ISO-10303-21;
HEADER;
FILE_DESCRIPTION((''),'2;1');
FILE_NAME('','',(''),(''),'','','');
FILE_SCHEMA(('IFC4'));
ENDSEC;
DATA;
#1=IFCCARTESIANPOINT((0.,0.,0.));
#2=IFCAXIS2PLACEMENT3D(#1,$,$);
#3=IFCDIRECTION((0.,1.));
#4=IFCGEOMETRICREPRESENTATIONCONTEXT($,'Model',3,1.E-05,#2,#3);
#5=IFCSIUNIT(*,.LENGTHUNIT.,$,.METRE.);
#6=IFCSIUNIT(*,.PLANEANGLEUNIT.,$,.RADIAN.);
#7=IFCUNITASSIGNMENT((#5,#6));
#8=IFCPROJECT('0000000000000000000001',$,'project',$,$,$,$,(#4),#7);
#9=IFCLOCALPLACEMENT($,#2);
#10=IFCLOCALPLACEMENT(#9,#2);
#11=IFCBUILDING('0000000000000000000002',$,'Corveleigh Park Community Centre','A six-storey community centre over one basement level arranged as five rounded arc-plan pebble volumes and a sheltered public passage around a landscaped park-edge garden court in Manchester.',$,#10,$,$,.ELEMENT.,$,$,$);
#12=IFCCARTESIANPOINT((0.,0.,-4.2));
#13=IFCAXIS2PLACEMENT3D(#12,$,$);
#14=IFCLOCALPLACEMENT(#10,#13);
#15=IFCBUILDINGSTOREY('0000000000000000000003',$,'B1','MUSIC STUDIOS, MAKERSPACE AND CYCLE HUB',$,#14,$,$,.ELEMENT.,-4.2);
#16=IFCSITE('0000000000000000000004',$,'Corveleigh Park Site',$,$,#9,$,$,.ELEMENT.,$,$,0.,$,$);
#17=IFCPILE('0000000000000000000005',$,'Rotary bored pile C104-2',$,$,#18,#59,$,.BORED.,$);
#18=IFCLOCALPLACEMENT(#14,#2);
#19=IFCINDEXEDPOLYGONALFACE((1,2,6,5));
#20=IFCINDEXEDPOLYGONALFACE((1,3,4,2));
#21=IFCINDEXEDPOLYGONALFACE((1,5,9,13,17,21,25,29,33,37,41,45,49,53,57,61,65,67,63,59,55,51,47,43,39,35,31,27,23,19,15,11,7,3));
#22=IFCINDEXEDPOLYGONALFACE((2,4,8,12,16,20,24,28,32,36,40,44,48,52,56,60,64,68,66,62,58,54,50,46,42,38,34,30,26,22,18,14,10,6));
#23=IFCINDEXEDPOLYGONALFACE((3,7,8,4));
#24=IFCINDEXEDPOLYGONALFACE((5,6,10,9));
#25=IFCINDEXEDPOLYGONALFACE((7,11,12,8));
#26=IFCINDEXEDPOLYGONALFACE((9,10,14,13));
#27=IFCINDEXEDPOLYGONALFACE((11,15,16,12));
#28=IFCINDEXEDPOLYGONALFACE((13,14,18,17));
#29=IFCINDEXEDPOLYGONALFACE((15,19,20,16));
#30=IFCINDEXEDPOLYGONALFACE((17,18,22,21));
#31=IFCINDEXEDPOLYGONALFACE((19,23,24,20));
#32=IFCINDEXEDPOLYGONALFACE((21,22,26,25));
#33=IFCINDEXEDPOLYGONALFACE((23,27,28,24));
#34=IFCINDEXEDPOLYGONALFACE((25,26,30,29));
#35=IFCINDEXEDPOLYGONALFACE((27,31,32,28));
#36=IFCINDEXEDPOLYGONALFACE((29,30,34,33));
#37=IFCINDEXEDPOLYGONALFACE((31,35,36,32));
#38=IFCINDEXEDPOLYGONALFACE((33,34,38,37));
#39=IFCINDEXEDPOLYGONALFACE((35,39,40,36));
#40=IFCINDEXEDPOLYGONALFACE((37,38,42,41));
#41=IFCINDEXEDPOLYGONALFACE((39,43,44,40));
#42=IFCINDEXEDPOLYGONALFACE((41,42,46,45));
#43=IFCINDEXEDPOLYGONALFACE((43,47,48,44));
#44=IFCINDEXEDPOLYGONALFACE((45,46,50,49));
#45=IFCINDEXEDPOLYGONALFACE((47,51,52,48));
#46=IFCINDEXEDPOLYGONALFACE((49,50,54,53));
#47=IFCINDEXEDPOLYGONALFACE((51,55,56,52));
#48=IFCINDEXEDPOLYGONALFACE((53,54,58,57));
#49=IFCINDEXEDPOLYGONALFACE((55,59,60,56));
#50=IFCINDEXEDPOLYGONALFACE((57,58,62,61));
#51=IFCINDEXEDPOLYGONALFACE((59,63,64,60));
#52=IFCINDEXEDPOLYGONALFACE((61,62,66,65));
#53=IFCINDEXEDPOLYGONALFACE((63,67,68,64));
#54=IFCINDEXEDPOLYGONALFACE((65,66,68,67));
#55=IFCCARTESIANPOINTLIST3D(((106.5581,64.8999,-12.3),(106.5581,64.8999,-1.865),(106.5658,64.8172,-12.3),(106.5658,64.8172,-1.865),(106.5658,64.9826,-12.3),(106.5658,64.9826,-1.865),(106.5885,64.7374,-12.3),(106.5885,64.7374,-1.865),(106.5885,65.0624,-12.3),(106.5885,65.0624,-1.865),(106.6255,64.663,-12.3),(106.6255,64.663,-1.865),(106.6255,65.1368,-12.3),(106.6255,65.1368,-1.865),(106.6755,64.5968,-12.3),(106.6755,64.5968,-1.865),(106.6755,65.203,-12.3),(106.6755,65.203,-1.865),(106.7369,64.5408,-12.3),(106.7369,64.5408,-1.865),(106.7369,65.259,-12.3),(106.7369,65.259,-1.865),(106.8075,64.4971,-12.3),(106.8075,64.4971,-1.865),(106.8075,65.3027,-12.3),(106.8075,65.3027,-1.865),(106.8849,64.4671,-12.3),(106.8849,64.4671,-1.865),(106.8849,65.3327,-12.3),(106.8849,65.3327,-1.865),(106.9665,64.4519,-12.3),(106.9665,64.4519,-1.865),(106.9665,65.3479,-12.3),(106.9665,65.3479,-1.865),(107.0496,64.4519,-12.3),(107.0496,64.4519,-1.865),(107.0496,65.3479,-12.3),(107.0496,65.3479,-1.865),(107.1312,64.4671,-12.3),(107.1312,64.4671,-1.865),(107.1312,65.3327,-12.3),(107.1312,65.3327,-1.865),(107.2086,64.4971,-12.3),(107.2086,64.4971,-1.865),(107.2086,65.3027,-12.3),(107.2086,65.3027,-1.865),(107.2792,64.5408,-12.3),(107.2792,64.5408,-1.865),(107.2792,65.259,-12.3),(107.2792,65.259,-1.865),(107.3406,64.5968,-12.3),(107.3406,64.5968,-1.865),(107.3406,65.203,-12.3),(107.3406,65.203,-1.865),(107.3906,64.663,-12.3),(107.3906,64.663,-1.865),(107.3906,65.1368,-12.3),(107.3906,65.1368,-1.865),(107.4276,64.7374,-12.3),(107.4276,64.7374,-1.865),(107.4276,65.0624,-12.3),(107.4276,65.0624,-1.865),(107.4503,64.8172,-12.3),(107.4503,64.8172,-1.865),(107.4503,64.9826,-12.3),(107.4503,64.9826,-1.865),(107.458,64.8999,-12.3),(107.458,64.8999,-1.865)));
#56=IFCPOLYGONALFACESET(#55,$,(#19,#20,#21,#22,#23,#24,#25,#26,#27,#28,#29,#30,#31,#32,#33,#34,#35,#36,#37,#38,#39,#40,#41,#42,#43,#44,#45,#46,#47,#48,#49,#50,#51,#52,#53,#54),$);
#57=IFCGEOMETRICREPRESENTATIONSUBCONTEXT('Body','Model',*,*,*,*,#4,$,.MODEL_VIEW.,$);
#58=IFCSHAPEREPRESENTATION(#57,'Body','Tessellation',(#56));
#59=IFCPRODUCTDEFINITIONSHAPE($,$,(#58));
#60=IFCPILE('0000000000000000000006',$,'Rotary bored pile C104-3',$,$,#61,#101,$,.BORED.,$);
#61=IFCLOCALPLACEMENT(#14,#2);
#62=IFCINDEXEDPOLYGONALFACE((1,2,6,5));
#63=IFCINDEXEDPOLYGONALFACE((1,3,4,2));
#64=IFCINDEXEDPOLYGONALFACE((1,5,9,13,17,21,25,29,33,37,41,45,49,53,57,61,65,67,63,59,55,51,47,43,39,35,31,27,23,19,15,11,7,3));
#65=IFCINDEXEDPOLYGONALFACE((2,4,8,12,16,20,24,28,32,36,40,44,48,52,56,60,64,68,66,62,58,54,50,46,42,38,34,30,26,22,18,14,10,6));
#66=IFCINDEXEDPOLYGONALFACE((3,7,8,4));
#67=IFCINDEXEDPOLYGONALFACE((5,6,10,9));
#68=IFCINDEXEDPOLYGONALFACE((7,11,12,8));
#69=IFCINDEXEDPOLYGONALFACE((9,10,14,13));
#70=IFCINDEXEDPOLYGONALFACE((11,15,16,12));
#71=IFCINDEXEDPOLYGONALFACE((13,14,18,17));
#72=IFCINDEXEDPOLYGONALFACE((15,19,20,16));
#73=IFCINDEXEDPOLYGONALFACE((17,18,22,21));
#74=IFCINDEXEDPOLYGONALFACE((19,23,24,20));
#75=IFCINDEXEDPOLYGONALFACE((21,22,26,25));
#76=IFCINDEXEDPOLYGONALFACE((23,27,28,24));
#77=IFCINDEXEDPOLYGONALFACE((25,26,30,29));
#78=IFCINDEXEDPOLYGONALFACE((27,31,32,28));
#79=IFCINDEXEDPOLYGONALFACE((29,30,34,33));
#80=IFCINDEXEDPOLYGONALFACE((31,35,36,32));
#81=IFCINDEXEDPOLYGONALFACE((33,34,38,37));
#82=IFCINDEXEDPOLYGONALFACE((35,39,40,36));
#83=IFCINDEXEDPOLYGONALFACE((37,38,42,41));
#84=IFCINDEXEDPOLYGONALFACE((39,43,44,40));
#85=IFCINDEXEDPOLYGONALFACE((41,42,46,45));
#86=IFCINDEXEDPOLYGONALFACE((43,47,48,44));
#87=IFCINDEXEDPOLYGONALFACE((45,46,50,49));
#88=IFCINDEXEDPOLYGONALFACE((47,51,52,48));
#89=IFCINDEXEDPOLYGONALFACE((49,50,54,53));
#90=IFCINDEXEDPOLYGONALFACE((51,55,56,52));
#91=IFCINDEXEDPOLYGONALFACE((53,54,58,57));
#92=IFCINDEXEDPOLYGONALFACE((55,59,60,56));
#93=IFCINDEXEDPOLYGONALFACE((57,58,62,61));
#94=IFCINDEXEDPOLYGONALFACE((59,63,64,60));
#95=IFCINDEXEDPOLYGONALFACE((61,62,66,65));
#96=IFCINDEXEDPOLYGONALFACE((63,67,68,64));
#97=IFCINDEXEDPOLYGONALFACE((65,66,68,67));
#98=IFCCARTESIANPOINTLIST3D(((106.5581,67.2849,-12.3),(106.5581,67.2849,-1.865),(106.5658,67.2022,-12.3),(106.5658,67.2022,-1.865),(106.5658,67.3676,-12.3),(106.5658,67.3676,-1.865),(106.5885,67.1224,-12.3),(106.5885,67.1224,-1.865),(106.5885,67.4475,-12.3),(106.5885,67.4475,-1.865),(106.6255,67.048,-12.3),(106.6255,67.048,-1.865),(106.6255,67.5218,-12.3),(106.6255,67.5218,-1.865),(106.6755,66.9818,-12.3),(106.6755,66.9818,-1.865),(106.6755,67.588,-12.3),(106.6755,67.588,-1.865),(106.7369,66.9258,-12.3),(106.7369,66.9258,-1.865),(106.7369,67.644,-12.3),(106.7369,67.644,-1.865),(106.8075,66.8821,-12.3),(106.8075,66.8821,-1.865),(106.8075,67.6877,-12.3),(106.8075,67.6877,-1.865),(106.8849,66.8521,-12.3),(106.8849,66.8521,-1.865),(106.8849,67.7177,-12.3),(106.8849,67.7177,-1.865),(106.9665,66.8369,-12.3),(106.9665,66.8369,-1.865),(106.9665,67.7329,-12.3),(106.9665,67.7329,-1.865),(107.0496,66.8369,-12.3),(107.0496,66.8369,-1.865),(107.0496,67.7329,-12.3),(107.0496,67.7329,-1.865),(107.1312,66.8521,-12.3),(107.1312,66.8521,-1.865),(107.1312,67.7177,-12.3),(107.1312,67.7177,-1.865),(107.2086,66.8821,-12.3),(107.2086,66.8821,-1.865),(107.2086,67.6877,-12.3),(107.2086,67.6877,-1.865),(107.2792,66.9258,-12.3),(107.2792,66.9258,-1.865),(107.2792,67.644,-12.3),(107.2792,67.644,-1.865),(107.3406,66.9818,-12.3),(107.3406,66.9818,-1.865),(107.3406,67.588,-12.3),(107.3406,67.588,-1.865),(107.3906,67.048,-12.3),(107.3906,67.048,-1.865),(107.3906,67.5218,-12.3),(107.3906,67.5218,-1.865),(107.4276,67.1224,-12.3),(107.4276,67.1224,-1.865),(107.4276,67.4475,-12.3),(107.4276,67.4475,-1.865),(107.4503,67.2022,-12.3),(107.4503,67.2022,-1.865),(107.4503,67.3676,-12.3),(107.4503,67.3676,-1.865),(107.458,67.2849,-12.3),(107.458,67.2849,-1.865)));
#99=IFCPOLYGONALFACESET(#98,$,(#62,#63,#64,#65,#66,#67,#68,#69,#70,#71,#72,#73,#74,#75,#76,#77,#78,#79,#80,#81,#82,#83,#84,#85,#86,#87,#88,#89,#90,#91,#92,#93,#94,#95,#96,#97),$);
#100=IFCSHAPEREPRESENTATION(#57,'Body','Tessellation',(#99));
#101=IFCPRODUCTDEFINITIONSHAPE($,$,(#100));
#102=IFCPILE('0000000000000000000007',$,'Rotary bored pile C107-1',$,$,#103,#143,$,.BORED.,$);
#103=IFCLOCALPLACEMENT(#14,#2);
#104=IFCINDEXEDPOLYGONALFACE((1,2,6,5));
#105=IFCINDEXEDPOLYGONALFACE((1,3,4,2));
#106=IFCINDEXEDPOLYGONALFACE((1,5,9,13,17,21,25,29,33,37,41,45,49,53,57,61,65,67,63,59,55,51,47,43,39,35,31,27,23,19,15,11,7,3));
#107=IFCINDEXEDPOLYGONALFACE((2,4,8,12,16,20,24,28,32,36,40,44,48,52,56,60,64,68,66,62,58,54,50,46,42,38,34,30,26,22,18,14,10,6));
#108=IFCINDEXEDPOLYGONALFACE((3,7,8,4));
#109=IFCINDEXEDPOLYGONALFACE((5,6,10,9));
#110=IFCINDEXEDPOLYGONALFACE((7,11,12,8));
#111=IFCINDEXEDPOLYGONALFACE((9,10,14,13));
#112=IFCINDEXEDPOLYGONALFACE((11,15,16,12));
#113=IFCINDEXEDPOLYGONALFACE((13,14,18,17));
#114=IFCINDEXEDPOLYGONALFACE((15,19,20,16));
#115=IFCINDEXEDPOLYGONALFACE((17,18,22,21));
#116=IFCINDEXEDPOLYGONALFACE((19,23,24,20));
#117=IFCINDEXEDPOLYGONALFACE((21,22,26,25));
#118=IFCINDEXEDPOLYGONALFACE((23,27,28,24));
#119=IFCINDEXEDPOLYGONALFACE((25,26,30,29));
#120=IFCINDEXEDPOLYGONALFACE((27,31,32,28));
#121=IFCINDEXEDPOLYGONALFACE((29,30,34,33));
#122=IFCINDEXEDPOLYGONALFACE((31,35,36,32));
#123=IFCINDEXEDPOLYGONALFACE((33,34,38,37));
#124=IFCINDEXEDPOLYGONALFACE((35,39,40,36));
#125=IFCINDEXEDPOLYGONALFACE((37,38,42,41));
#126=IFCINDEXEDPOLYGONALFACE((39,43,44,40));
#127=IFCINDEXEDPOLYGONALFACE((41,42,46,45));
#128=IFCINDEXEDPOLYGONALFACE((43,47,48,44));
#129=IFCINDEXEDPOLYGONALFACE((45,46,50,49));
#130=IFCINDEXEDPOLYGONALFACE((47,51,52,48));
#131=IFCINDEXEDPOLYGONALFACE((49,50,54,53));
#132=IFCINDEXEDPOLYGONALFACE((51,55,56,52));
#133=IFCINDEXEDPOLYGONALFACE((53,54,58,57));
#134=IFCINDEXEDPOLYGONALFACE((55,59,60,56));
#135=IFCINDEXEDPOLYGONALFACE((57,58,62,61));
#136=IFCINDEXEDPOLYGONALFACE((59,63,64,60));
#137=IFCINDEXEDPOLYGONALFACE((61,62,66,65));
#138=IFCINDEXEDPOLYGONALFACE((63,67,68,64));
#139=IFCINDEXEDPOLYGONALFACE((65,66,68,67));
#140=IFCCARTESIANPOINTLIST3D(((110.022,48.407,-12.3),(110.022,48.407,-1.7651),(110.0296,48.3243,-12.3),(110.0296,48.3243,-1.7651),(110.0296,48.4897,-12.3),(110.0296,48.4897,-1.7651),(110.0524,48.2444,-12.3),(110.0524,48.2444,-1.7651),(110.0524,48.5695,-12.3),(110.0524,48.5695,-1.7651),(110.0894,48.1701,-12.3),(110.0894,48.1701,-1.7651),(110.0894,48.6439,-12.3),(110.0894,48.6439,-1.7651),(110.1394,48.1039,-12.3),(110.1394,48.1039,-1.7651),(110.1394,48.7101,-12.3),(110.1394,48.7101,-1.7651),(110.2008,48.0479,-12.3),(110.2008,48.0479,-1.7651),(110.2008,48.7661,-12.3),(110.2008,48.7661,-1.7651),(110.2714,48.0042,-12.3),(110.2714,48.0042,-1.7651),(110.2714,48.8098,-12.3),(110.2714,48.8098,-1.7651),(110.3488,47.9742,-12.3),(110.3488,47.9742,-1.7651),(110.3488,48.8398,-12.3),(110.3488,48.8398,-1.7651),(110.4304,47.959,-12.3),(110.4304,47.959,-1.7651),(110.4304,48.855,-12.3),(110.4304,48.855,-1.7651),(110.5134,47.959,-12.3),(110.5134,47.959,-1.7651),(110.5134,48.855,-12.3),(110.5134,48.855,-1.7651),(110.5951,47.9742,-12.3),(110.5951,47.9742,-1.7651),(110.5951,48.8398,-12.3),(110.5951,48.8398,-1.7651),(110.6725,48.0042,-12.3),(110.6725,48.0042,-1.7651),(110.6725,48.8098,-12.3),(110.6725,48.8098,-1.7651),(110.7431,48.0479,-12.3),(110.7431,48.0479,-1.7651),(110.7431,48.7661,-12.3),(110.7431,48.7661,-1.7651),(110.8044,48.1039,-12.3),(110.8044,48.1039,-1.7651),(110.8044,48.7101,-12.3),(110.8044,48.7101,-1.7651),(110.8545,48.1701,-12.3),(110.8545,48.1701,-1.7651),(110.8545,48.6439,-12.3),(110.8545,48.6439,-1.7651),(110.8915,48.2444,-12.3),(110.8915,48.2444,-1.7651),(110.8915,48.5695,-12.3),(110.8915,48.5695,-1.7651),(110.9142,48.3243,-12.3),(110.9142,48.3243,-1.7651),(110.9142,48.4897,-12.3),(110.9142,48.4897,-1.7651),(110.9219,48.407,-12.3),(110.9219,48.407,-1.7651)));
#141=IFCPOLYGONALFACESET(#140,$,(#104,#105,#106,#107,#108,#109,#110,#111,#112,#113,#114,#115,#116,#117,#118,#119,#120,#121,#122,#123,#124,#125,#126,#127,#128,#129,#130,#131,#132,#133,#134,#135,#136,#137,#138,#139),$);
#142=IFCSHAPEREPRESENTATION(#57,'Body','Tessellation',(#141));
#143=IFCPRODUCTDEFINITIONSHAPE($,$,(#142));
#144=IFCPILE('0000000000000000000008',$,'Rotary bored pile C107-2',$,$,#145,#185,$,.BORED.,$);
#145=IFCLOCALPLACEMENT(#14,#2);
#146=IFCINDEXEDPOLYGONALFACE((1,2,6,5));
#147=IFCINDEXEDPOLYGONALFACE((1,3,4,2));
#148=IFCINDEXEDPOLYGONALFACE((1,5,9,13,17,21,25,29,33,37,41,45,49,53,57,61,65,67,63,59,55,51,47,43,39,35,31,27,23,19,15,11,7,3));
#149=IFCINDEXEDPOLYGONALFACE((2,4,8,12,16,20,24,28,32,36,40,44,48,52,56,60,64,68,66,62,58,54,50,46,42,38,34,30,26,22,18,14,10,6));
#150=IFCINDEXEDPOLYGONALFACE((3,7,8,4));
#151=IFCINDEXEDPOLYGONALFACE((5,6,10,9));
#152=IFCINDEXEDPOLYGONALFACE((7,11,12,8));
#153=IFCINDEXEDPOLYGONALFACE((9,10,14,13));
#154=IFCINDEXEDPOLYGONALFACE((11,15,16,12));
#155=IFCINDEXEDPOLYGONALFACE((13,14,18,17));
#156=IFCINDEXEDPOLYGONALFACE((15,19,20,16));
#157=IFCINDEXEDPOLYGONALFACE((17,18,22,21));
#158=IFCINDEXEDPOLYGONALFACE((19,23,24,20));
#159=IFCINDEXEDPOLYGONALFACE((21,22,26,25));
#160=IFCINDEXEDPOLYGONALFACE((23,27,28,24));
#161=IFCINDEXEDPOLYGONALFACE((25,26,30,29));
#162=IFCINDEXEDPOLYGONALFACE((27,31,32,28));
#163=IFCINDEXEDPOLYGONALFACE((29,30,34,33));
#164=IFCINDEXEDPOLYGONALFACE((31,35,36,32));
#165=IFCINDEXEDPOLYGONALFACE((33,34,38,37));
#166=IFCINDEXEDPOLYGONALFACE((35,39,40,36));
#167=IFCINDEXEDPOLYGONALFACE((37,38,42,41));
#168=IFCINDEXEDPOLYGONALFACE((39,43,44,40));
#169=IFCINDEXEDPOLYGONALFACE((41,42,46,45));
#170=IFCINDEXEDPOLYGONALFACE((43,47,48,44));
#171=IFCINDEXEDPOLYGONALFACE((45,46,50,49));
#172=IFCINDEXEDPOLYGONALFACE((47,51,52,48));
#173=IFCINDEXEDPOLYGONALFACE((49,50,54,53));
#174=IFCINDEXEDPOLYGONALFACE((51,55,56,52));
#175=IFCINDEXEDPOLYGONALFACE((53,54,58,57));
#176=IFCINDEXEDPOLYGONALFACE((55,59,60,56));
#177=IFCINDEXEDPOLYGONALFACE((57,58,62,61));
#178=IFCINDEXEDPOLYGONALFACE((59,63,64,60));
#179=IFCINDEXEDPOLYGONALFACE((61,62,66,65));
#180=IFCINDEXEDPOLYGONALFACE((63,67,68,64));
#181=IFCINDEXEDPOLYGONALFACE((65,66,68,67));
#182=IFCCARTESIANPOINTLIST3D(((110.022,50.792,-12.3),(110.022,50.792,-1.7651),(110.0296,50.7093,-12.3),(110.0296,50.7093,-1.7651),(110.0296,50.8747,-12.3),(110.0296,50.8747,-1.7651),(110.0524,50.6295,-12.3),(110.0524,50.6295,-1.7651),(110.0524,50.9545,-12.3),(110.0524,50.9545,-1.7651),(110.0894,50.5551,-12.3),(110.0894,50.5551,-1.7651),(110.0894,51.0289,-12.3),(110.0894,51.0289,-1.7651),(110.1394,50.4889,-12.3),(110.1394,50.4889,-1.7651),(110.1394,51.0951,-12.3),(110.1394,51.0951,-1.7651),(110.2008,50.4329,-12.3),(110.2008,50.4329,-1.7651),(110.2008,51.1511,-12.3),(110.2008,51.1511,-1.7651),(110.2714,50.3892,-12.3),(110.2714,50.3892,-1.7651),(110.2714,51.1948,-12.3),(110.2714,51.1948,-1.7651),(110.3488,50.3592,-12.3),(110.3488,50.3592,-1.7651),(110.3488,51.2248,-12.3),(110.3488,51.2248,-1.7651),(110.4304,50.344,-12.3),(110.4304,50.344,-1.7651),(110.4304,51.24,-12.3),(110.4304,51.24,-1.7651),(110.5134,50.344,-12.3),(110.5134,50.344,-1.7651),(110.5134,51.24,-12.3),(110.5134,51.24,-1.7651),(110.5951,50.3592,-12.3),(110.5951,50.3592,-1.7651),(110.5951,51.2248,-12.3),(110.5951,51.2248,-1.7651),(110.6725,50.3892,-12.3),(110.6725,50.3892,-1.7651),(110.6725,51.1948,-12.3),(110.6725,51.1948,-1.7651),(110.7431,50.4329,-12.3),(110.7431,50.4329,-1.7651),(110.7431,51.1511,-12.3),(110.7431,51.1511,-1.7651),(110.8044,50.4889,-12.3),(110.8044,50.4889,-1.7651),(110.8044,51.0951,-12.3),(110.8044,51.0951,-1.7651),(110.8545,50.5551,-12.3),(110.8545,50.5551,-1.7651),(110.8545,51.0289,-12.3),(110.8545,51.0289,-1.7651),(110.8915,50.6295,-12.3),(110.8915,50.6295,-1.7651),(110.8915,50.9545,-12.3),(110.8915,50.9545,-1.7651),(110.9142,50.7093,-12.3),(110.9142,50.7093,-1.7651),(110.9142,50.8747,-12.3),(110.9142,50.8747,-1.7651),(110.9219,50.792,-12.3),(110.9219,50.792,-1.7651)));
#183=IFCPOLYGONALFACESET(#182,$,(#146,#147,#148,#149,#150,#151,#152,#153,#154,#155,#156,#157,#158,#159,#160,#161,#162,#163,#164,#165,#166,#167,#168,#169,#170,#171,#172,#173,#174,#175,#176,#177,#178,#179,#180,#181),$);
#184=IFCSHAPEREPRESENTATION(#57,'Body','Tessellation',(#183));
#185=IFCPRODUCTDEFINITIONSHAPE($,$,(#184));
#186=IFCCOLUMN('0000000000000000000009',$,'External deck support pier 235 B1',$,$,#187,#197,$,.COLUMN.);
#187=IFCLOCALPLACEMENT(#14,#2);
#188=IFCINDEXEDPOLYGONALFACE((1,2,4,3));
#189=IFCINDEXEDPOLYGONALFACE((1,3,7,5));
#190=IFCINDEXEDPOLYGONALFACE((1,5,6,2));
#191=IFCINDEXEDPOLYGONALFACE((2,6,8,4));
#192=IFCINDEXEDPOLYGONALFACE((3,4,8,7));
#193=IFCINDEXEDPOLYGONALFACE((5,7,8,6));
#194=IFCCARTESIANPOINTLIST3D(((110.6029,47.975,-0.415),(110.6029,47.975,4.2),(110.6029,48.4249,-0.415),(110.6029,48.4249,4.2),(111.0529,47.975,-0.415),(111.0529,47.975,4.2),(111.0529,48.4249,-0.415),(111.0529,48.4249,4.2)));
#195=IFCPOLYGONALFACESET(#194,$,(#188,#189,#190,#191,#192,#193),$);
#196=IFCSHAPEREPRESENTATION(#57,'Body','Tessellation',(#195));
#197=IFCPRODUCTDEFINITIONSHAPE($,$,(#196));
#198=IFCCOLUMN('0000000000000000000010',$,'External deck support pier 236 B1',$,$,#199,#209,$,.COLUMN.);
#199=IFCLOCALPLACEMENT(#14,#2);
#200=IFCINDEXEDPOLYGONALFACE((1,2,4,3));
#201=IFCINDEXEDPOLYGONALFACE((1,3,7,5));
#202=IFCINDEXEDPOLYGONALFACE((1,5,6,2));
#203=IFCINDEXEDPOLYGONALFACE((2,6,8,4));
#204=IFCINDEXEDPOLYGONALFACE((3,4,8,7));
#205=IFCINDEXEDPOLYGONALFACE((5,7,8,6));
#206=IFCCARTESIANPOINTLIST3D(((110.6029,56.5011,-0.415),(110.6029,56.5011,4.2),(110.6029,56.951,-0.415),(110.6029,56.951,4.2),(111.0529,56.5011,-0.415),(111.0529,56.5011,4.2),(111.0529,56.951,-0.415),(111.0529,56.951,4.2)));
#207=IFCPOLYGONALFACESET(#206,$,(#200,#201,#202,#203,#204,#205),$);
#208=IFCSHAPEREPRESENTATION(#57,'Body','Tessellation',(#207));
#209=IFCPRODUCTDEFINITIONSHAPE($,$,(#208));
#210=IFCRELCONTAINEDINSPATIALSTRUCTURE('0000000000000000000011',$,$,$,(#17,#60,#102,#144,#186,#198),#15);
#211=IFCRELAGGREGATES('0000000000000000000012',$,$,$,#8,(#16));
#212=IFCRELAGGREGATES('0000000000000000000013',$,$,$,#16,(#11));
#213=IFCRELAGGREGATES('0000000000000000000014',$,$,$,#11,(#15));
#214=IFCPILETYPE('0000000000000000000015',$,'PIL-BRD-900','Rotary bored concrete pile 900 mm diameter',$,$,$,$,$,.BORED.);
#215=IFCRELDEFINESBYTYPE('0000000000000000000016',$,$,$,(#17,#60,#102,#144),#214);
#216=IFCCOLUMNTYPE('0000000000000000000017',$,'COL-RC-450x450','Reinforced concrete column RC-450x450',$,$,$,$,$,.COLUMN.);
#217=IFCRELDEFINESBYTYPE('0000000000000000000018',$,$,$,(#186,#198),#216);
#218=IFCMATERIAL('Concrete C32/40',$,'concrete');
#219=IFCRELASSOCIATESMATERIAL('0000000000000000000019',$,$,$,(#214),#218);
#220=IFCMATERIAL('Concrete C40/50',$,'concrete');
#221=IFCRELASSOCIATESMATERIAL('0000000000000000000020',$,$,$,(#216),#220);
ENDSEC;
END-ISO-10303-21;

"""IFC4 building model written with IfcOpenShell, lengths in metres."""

from ifc_helpers import new_model, si_unit, direction, frame, origin, origin_2d, place, context, subcontext, project, spatial, rectangle, circle, extrude, material, material_profile, profile_set, type_object, element, save


model = new_model("IFC4")

# Units and contexts
model_context = context("Model", 3, precision=1e-05, world=origin(), true_north=direction((0.0, 1.0)))
body_context = subcontext(model_context, "Body", "Model", "MODEL_VIEW")
ifc_project = project(units=[si_unit("LENGTHUNIT", "METRE"), si_unit("PLANEANGLEUNIT", "RADIAN")], contexts=[model_context])

# Site, building, storey
site_placement = place(None, origin())
site = spatial("IfcSite", under=ifc_project, at=site_placement, Name="Corveleigh Park Site", CompositionType="ELEMENT", RefElevation=0.0)
building_placement = place(site_placement, origin())
building = spatial("IfcBuilding", under=site, at=building_placement, Name="Corveleigh Park Community Centre", Description="A six-storey community centre over one basement level arranged as five rounded arc-plan pebble volumes and a sheltered public passage around a landscaped park-edge garden court in Manchester.", CompositionType="ELEMENT")
storey_placement = place(building_placement, frame((0.0, 0.0, -4.2)))
storey = spatial("IfcBuildingStorey", under=building, at=storey_placement, Name="B1", Description="MUSIC STUDIOS, MAKERSPACE AND CYCLE HUB", CompositionType="ELEMENT", Elevation=-4.2)

# Shared definitions
ifc_material_1 = material(Name="Concrete C40/50", Category="concrete")

# Piles
ifc_material_2 = material(Name="Concrete C32/40", Category="concrete")
ifc_material_profile_1 = material_profile(ifc_material_2, circle(Radius=0.45, at=origin_2d()), Name="BORED-PILE-900", Category="concrete")
ifc_profile_set_1 = profile_set([ifc_material_profile_1], Name="Concrete C32/40")
pile_type_1 = type_object("IfcPileType", Name="PIL-BRD-900", Description="Rotary bored concrete pile 900 mm diameter", PredefinedType="BORED", material=ifc_profile_set_1)
for number, where, z_axis, x_axis, name in (
    (1, (107.0081, 64.8999, -1.865), (0.0, 0.0, -1.0), (1.0, 0.0, 0.0), "Rotary bored pile C104-2"),
    (2, (107.0081, 67.2849, -1.865), (0.0, 0.0, -1.0), (1.0, 0.0, 0.0), "Rotary bored pile C104-3"),
):
    element("IfcPile", number, at=place(storey_placement, frame(where, z_axis=z_axis, x_axis=x_axis)), inside=storey, type_object=pile_type_1, Name=name, PredefinedType="BORED", context=body_context, shape_type="SweptSolid", body=[
        extrude(circle(Radius=0.45, at=origin_2d()), origin(), (0.0, 0.0, 1.0), 10.4351),
    ])
for number, where, z_axis, x_axis, name in (
    (3, (110.4719, 48.407, -1.7651), (0.0, 0.0, -1.0), (1.0, 0.0, 0.0), "Rotary bored pile C107-1"),
    (4, (110.4719, 50.792, -1.7651), (0.0, 0.0, -1.0), (1.0, 0.0, 0.0), "Rotary bored pile C107-2"),
):
    element("IfcPile", number, at=place(storey_placement, frame(where, z_axis=z_axis, x_axis=x_axis)), inside=storey, type_object=pile_type_1, Name=name, PredefinedType="BORED", context=body_context, shape_type="SweptSolid", body=[
        extrude(circle(Radius=0.45, at=origin_2d()), origin(), (0.0, 0.0, 1.0), 10.5349),
    ])

# Columns
ifc_material_profile_2 = material_profile(ifc_material_1, rectangle(XDim=0.45, YDim=0.45, at=origin_2d()), Name="RC-450x450", Category="concrete")
ifc_profile_set_2 = profile_set([ifc_material_profile_2], Name="Concrete C40/50")
column_type_1 = type_object("IfcColumnType", Name="COL-RC-450x450", Description="Reinforced concrete column RC-450x450", PredefinedType="COLUMN", material=ifc_profile_set_2)
for number, where, z_axis, x_axis, name in (
    (5, (110.8279, 48.2, -0.415), (0.0, 0.0, 1.0), (1.0, 0.0, 0.0), "External deck support pier 235 B1"),
    (6, (110.8279, 56.7261, -0.415), (0.0, 0.0, 1.0), (1.0, 0.0, 0.0), "External deck support pier 236 B1"),
):
    element("IfcColumn", number, at=place(storey_placement, frame(where, z_axis=z_axis, x_axis=x_axis)), inside=storey, type_object=column_type_1, Name=name, PredefinedType="COLUMN", context=body_context, shape_type="SweptSolid", body=[
        extrude(rectangle(XDim=0.45, YDim=0.45, at=origin_2d()), origin(), (0.0, 0.0, 1.0), 4.615),
    ])

save(model, "model.ifc")
